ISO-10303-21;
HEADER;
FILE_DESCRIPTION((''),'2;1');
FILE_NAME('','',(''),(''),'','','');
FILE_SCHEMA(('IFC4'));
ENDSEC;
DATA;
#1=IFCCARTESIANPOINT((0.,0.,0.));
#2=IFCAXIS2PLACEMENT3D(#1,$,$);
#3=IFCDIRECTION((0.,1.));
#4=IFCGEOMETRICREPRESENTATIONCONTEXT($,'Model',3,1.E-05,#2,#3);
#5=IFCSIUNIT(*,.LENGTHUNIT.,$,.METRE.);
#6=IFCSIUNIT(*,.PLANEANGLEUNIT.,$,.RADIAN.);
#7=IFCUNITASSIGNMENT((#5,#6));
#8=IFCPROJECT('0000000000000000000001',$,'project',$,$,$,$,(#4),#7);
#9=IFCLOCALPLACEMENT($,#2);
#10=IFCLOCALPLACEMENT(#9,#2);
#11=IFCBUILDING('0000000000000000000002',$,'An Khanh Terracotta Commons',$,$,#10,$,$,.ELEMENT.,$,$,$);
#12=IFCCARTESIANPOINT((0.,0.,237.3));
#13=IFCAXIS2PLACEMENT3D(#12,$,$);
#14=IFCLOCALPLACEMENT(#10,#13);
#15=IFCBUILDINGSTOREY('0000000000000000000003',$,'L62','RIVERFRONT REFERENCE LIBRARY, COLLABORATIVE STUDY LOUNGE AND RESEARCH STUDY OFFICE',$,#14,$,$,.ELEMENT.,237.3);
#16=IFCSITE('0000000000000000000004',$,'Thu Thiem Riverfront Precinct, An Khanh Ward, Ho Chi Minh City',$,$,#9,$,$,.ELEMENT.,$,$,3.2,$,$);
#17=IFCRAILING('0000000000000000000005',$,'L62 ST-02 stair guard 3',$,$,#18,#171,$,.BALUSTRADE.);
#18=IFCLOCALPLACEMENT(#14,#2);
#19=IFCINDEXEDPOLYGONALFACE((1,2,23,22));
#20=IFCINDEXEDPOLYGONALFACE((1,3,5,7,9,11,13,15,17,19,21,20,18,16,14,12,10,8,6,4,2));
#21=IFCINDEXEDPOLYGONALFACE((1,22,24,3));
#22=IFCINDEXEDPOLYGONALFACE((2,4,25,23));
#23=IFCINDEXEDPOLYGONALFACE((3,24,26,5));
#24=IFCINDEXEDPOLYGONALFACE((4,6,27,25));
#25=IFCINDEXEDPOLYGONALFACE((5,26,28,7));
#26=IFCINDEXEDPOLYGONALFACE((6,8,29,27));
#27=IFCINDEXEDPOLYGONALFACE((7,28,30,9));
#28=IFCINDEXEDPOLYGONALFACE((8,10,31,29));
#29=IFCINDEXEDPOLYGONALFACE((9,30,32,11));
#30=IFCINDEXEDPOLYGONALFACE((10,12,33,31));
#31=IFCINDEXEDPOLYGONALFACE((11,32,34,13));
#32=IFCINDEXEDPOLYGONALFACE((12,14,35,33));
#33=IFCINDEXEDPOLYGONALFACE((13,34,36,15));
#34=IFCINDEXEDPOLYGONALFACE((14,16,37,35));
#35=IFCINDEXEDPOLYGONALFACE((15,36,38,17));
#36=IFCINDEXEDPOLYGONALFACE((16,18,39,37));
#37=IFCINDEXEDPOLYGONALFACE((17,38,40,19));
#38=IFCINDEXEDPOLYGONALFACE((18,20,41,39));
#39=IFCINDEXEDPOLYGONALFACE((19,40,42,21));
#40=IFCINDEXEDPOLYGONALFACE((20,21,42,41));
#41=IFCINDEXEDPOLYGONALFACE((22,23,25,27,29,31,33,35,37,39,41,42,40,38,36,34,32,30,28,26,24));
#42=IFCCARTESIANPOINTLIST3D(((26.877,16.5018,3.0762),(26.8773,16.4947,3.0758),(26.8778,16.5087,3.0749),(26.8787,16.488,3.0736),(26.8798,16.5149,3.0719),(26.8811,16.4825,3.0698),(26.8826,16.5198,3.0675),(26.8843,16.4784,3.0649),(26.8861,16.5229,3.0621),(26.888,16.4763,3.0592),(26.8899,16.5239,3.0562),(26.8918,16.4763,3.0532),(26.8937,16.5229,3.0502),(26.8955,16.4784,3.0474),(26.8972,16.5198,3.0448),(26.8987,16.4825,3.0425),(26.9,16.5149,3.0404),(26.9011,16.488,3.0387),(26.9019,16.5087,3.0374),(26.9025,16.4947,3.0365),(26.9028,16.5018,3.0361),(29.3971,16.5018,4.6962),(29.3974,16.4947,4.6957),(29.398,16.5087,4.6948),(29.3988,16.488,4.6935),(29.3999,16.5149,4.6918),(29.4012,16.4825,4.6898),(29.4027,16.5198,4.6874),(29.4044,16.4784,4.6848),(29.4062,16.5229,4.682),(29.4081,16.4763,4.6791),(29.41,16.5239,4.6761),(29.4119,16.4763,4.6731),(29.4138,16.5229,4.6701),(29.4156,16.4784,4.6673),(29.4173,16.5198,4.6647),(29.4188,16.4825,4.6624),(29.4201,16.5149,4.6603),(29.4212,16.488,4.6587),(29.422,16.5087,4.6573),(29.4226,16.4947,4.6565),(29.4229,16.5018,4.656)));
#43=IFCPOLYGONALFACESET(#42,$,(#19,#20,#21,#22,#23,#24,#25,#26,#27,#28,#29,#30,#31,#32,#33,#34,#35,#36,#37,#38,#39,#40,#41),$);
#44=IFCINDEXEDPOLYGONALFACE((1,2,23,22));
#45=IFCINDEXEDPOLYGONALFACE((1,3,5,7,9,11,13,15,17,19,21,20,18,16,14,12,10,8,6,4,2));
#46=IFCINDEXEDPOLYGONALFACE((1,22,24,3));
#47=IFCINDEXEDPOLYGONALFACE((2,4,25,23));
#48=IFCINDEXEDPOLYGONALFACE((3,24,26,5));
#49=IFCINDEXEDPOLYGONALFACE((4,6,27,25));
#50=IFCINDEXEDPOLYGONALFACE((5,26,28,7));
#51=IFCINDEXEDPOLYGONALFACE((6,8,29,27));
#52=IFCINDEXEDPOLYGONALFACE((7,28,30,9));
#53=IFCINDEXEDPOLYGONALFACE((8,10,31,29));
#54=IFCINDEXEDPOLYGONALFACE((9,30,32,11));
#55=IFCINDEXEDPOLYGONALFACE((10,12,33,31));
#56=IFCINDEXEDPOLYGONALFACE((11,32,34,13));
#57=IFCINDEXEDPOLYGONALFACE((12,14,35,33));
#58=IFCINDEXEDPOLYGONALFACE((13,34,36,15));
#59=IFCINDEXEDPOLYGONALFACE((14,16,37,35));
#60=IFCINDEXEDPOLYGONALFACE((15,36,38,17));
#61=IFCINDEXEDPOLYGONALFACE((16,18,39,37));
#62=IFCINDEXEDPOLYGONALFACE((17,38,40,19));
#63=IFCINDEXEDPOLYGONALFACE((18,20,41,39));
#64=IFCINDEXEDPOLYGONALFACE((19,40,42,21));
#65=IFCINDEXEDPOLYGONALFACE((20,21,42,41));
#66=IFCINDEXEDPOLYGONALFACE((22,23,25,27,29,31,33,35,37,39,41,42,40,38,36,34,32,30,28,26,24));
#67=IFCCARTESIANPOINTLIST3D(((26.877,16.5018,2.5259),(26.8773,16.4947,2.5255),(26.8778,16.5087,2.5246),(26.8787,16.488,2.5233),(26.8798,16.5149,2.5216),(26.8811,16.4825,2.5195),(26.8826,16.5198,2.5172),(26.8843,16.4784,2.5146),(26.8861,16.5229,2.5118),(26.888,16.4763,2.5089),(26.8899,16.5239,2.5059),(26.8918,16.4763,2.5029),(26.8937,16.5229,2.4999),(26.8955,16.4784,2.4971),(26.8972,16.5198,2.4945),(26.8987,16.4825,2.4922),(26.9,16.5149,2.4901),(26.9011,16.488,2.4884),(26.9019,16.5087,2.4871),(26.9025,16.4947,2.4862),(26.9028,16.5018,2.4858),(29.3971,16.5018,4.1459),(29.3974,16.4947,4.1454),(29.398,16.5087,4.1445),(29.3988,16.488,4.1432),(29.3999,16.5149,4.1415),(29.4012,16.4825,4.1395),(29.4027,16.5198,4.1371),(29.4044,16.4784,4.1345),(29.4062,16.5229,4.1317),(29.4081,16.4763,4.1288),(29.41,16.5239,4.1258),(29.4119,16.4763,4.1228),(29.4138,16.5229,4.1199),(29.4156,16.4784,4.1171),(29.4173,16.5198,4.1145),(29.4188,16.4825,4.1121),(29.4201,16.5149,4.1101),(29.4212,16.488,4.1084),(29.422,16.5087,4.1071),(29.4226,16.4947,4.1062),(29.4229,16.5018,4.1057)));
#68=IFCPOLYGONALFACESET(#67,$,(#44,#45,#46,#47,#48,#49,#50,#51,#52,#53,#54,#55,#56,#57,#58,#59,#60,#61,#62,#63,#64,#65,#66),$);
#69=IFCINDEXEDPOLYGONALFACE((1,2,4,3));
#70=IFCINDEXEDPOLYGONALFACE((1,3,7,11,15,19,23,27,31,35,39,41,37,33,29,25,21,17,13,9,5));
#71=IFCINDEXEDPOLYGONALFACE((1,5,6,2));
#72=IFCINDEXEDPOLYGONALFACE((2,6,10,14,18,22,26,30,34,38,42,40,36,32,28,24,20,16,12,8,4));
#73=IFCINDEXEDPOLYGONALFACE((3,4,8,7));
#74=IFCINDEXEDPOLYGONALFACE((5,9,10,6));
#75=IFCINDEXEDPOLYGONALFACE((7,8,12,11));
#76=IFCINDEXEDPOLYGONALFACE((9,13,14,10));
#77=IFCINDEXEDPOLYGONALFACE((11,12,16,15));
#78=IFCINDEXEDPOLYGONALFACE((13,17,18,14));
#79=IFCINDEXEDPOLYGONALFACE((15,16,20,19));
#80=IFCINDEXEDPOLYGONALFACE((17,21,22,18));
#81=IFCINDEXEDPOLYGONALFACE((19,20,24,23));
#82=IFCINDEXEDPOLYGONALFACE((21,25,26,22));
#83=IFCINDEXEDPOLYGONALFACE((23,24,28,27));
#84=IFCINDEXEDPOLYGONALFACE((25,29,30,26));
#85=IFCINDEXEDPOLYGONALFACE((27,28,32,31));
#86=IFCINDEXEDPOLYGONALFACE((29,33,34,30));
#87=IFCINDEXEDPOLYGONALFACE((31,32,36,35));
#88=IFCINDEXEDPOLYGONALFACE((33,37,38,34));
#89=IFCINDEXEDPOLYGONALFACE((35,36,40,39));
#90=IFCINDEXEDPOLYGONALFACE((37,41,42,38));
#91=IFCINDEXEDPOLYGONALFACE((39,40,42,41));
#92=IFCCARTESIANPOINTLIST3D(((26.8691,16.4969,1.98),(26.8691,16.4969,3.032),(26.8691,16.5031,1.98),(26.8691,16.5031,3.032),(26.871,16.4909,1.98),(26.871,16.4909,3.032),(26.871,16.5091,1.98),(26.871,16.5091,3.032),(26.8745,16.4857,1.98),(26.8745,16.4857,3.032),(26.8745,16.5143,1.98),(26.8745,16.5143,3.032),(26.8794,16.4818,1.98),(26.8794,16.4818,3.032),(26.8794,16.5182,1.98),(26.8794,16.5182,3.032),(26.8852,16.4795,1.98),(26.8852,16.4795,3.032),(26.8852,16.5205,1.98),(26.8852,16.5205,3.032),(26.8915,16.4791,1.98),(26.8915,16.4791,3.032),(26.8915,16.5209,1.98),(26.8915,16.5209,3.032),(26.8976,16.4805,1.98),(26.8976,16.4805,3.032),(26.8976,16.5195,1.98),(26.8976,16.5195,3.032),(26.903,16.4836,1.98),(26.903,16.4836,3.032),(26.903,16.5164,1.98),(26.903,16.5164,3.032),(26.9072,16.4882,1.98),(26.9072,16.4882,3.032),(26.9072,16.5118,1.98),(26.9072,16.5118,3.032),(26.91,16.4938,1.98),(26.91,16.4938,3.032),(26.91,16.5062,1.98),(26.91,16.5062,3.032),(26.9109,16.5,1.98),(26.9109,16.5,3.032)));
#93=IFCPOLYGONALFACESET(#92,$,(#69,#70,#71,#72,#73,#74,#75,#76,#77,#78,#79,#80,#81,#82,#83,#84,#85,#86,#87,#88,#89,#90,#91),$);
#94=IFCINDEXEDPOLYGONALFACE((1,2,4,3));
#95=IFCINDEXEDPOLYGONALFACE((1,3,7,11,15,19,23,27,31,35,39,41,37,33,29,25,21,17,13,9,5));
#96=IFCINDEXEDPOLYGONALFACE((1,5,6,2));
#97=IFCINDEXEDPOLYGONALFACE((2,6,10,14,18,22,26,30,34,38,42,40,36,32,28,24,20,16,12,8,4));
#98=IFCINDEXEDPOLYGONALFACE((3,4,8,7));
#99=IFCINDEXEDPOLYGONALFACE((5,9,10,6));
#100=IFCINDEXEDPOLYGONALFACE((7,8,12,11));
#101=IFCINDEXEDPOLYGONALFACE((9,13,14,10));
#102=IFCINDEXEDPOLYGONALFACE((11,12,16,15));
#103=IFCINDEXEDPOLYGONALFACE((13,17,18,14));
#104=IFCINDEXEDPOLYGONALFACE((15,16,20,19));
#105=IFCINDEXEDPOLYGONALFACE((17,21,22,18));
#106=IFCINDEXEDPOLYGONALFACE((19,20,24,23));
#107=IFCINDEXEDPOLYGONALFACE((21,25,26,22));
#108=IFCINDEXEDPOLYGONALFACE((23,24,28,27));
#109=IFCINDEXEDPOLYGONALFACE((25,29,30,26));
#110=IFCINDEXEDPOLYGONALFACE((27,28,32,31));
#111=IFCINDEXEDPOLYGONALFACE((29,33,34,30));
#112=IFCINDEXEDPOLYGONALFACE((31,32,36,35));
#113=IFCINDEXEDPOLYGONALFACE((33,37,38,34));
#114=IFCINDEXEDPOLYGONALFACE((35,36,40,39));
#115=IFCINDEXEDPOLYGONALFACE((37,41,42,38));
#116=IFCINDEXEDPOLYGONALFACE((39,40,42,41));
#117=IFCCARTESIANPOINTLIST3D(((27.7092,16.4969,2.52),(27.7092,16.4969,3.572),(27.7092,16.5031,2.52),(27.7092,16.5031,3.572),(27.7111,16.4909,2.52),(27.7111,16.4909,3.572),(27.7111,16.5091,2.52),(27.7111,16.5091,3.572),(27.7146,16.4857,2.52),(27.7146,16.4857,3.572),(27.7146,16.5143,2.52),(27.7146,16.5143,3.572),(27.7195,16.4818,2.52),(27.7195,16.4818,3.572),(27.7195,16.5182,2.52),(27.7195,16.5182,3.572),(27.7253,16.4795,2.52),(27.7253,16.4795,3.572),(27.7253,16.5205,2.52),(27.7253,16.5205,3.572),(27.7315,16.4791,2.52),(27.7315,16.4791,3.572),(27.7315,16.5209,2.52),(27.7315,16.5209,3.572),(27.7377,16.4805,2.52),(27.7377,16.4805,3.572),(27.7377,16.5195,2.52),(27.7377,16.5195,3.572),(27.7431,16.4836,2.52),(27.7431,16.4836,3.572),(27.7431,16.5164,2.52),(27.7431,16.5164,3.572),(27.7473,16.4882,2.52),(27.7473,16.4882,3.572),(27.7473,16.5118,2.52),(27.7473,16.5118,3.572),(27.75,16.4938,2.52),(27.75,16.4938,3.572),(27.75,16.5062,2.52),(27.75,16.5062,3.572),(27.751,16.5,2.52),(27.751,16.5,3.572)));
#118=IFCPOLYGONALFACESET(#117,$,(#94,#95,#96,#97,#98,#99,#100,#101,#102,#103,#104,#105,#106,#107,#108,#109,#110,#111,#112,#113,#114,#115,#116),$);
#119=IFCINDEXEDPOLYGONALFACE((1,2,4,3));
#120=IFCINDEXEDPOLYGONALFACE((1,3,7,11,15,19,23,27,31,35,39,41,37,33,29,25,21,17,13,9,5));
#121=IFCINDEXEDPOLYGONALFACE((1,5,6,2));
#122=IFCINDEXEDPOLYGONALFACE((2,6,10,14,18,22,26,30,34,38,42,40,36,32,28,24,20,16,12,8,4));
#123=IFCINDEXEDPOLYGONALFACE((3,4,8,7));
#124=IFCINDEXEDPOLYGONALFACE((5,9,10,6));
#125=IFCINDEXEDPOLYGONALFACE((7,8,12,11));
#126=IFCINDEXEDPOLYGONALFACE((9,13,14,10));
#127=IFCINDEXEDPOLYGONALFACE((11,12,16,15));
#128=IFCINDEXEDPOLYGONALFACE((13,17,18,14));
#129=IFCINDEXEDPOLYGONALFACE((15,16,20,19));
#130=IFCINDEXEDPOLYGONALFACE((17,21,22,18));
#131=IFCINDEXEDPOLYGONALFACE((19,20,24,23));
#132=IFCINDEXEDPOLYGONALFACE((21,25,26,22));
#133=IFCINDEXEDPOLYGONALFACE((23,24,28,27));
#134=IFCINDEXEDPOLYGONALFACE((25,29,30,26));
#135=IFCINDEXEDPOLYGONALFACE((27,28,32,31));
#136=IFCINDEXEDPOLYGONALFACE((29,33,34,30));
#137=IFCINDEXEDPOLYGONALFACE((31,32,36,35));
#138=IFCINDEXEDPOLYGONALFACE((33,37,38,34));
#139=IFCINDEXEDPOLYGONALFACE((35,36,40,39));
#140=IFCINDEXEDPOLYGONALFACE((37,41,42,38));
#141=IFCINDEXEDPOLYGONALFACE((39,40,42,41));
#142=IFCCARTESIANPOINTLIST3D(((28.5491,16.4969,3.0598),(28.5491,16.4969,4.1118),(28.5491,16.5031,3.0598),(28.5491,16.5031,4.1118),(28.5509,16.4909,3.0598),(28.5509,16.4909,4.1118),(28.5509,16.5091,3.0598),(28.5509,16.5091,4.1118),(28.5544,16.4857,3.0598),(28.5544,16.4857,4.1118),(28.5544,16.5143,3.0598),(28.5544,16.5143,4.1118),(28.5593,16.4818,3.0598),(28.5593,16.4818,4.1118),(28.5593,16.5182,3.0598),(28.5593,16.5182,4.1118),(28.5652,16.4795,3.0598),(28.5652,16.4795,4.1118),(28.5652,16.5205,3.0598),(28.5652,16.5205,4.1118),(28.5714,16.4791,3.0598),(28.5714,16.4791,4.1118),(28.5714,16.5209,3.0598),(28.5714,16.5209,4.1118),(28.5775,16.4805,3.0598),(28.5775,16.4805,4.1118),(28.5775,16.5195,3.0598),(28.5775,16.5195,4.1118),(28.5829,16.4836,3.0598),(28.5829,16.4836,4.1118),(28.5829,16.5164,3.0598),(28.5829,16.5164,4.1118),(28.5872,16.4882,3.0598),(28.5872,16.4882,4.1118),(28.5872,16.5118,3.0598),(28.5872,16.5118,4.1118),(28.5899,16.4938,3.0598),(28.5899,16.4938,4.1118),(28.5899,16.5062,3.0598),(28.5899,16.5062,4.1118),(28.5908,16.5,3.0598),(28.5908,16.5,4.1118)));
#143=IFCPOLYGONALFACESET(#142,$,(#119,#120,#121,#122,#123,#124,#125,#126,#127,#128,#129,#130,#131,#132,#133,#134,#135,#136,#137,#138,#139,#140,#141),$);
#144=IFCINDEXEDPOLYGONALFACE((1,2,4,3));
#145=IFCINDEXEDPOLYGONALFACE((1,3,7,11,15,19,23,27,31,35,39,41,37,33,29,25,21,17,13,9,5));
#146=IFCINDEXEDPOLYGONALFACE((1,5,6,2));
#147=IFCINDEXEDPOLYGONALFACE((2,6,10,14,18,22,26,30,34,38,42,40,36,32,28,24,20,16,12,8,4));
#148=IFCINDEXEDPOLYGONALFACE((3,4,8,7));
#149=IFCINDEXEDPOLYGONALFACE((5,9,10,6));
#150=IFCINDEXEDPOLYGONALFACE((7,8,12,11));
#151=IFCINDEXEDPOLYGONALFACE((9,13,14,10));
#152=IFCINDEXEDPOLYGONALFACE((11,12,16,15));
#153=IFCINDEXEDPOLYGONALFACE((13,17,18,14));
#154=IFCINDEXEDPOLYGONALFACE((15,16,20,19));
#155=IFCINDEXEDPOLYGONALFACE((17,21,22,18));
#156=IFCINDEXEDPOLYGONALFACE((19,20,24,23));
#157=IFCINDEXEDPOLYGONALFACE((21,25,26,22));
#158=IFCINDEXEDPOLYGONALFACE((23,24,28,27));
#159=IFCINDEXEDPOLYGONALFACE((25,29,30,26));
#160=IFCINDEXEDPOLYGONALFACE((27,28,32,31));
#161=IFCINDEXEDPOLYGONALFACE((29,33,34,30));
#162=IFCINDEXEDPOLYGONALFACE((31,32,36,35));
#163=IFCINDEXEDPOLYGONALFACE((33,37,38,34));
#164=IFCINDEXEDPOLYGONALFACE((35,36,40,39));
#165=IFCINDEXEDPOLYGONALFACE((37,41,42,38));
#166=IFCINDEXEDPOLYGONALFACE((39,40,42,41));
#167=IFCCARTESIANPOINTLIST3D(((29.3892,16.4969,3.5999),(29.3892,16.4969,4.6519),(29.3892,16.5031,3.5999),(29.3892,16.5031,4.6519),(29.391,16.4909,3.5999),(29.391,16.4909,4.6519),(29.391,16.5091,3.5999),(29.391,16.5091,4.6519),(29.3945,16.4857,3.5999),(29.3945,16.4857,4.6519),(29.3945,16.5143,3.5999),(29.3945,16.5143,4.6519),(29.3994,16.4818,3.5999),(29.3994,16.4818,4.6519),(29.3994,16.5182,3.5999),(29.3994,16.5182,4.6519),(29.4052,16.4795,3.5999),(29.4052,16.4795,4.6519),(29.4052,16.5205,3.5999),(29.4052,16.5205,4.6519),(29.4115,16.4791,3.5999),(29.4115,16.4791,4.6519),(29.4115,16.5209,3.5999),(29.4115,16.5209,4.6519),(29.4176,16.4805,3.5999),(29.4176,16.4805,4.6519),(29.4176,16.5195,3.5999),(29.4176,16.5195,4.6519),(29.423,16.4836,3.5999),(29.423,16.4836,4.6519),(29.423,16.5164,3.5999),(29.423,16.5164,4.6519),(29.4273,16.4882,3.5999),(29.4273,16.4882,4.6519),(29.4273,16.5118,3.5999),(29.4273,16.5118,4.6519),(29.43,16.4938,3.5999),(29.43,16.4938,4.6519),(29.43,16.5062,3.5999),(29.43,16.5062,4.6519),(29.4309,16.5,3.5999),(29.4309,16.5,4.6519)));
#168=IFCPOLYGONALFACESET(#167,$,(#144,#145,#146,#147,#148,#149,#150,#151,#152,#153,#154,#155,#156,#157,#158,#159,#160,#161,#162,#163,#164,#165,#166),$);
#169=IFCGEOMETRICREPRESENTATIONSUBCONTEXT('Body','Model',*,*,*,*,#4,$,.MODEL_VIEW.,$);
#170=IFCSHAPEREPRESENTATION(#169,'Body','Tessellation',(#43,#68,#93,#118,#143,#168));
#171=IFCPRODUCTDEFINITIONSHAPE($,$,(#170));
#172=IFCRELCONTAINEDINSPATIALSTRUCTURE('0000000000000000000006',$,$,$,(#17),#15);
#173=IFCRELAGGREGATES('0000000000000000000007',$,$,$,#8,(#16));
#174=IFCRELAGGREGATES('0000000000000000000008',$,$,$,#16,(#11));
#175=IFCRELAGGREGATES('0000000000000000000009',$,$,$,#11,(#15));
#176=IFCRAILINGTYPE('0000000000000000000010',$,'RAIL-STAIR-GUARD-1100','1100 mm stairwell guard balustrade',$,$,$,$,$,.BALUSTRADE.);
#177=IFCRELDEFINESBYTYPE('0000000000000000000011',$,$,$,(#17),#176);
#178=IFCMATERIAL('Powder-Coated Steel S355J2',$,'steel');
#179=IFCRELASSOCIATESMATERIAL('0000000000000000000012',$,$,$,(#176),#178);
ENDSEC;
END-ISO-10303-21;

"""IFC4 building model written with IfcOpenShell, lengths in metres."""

from ifc_helpers import new_model, si_unit, direction, frame, origin, origin_2d, place, context, subcontext, project, spatial, circle, extrude, material, type_object, element, save


model = new_model("IFC4")

# Units and contexts
model_context = context("Model", 3, precision=1e-05, world=origin(), true_north=direction((0.0, 1.0)))
body_context = subcontext(model_context, "Body", "Model", "MODEL_VIEW")
ifc_project = project(units=[si_unit("LENGTHUNIT", "METRE"), si_unit("PLANEANGLEUNIT", "RADIAN")], contexts=[model_context])

# Site, building, storey
site_placement = place(None, origin())
site = spatial("IfcSite", under=ifc_project, at=site_placement, Name="Thu Thiem Riverfront Precinct, An Khanh Ward, Ho Chi Minh City", CompositionType="ELEMENT", RefElevation=3.2)
building_placement = place(site_placement, origin())
building = spatial("IfcBuilding", under=site, at=building_placement, Name="An Khanh Terracotta Commons", CompositionType="ELEMENT")
storey_placement = place(building_placement, frame((0.0, 0.0, 237.3)))
storey = spatial("IfcBuildingStorey", under=building, at=storey_placement, Name="L62", Description="RIVERFRONT REFERENCE LIBRARY, COLLABORATIVE STUDY LOUNGE AND RESEARCH STUDY OFFICE", CompositionType="ELEMENT", Elevation=237.3)

# Railing
ifc_material_1 = material(Name="Powder-Coated Steel S355J2", Category="steel")
railing_type_1 = type_object("IfcRailingType", Name="RAIL-STAIR-GUARD-1100", Description="1100 mm stairwell guard balustrade", PredefinedType="BALUSTRADE", material=ifc_material_1)
railing_1_placement = place(storey_placement, frame((26.8899, 16.5, 1.98)))
element("IfcRailing", 1, at=railing_1_placement, inside=storey, type_object=railing_type_1, Name="L62 ST-02 stair guard 3", PredefinedType="BALUSTRADE", context=body_context, shape_type="SweptSolid", body=[
    extrude(circle(Radius=0.0239, at=origin_2d()), frame((0.0, 0.0, 1.0762), z_axis=(0.8412, 0.0, 0.540725), x_axis=(0.0, 1.0, 0.0)), (0.0, 0.0, 1.0), 2.9958),
    extrude(circle(Radius=0.0239, at=origin_2d()), frame((0.0, 0.0, 0.5259), z_axis=(0.8412, 0.0, 0.540725), x_axis=(0.0, 1.0, 0.0)), (0.0, 0.0, 1.0), 2.9958),
    extrude(circle(Radius=0.021, at=origin_2d()), origin(), (0.0, 0.0, 1.0), 1.052),
    extrude(circle(Radius=0.021, at=origin_2d()), frame((0.8401, 0.0, 0.54)), (0.0, 0.0, 1.0), 1.052),
    extrude(circle(Radius=0.021, at=origin_2d()), frame((1.6799, 0.0, 1.0798)), (0.0, 0.0, 1.0), 1.052),
    extrude(circle(Radius=0.021, at=origin_2d()), frame((2.52, 0.0, 1.6199)), (0.0, 0.0, 1.0), 1.052),
])

save(model, "model.ifc")
